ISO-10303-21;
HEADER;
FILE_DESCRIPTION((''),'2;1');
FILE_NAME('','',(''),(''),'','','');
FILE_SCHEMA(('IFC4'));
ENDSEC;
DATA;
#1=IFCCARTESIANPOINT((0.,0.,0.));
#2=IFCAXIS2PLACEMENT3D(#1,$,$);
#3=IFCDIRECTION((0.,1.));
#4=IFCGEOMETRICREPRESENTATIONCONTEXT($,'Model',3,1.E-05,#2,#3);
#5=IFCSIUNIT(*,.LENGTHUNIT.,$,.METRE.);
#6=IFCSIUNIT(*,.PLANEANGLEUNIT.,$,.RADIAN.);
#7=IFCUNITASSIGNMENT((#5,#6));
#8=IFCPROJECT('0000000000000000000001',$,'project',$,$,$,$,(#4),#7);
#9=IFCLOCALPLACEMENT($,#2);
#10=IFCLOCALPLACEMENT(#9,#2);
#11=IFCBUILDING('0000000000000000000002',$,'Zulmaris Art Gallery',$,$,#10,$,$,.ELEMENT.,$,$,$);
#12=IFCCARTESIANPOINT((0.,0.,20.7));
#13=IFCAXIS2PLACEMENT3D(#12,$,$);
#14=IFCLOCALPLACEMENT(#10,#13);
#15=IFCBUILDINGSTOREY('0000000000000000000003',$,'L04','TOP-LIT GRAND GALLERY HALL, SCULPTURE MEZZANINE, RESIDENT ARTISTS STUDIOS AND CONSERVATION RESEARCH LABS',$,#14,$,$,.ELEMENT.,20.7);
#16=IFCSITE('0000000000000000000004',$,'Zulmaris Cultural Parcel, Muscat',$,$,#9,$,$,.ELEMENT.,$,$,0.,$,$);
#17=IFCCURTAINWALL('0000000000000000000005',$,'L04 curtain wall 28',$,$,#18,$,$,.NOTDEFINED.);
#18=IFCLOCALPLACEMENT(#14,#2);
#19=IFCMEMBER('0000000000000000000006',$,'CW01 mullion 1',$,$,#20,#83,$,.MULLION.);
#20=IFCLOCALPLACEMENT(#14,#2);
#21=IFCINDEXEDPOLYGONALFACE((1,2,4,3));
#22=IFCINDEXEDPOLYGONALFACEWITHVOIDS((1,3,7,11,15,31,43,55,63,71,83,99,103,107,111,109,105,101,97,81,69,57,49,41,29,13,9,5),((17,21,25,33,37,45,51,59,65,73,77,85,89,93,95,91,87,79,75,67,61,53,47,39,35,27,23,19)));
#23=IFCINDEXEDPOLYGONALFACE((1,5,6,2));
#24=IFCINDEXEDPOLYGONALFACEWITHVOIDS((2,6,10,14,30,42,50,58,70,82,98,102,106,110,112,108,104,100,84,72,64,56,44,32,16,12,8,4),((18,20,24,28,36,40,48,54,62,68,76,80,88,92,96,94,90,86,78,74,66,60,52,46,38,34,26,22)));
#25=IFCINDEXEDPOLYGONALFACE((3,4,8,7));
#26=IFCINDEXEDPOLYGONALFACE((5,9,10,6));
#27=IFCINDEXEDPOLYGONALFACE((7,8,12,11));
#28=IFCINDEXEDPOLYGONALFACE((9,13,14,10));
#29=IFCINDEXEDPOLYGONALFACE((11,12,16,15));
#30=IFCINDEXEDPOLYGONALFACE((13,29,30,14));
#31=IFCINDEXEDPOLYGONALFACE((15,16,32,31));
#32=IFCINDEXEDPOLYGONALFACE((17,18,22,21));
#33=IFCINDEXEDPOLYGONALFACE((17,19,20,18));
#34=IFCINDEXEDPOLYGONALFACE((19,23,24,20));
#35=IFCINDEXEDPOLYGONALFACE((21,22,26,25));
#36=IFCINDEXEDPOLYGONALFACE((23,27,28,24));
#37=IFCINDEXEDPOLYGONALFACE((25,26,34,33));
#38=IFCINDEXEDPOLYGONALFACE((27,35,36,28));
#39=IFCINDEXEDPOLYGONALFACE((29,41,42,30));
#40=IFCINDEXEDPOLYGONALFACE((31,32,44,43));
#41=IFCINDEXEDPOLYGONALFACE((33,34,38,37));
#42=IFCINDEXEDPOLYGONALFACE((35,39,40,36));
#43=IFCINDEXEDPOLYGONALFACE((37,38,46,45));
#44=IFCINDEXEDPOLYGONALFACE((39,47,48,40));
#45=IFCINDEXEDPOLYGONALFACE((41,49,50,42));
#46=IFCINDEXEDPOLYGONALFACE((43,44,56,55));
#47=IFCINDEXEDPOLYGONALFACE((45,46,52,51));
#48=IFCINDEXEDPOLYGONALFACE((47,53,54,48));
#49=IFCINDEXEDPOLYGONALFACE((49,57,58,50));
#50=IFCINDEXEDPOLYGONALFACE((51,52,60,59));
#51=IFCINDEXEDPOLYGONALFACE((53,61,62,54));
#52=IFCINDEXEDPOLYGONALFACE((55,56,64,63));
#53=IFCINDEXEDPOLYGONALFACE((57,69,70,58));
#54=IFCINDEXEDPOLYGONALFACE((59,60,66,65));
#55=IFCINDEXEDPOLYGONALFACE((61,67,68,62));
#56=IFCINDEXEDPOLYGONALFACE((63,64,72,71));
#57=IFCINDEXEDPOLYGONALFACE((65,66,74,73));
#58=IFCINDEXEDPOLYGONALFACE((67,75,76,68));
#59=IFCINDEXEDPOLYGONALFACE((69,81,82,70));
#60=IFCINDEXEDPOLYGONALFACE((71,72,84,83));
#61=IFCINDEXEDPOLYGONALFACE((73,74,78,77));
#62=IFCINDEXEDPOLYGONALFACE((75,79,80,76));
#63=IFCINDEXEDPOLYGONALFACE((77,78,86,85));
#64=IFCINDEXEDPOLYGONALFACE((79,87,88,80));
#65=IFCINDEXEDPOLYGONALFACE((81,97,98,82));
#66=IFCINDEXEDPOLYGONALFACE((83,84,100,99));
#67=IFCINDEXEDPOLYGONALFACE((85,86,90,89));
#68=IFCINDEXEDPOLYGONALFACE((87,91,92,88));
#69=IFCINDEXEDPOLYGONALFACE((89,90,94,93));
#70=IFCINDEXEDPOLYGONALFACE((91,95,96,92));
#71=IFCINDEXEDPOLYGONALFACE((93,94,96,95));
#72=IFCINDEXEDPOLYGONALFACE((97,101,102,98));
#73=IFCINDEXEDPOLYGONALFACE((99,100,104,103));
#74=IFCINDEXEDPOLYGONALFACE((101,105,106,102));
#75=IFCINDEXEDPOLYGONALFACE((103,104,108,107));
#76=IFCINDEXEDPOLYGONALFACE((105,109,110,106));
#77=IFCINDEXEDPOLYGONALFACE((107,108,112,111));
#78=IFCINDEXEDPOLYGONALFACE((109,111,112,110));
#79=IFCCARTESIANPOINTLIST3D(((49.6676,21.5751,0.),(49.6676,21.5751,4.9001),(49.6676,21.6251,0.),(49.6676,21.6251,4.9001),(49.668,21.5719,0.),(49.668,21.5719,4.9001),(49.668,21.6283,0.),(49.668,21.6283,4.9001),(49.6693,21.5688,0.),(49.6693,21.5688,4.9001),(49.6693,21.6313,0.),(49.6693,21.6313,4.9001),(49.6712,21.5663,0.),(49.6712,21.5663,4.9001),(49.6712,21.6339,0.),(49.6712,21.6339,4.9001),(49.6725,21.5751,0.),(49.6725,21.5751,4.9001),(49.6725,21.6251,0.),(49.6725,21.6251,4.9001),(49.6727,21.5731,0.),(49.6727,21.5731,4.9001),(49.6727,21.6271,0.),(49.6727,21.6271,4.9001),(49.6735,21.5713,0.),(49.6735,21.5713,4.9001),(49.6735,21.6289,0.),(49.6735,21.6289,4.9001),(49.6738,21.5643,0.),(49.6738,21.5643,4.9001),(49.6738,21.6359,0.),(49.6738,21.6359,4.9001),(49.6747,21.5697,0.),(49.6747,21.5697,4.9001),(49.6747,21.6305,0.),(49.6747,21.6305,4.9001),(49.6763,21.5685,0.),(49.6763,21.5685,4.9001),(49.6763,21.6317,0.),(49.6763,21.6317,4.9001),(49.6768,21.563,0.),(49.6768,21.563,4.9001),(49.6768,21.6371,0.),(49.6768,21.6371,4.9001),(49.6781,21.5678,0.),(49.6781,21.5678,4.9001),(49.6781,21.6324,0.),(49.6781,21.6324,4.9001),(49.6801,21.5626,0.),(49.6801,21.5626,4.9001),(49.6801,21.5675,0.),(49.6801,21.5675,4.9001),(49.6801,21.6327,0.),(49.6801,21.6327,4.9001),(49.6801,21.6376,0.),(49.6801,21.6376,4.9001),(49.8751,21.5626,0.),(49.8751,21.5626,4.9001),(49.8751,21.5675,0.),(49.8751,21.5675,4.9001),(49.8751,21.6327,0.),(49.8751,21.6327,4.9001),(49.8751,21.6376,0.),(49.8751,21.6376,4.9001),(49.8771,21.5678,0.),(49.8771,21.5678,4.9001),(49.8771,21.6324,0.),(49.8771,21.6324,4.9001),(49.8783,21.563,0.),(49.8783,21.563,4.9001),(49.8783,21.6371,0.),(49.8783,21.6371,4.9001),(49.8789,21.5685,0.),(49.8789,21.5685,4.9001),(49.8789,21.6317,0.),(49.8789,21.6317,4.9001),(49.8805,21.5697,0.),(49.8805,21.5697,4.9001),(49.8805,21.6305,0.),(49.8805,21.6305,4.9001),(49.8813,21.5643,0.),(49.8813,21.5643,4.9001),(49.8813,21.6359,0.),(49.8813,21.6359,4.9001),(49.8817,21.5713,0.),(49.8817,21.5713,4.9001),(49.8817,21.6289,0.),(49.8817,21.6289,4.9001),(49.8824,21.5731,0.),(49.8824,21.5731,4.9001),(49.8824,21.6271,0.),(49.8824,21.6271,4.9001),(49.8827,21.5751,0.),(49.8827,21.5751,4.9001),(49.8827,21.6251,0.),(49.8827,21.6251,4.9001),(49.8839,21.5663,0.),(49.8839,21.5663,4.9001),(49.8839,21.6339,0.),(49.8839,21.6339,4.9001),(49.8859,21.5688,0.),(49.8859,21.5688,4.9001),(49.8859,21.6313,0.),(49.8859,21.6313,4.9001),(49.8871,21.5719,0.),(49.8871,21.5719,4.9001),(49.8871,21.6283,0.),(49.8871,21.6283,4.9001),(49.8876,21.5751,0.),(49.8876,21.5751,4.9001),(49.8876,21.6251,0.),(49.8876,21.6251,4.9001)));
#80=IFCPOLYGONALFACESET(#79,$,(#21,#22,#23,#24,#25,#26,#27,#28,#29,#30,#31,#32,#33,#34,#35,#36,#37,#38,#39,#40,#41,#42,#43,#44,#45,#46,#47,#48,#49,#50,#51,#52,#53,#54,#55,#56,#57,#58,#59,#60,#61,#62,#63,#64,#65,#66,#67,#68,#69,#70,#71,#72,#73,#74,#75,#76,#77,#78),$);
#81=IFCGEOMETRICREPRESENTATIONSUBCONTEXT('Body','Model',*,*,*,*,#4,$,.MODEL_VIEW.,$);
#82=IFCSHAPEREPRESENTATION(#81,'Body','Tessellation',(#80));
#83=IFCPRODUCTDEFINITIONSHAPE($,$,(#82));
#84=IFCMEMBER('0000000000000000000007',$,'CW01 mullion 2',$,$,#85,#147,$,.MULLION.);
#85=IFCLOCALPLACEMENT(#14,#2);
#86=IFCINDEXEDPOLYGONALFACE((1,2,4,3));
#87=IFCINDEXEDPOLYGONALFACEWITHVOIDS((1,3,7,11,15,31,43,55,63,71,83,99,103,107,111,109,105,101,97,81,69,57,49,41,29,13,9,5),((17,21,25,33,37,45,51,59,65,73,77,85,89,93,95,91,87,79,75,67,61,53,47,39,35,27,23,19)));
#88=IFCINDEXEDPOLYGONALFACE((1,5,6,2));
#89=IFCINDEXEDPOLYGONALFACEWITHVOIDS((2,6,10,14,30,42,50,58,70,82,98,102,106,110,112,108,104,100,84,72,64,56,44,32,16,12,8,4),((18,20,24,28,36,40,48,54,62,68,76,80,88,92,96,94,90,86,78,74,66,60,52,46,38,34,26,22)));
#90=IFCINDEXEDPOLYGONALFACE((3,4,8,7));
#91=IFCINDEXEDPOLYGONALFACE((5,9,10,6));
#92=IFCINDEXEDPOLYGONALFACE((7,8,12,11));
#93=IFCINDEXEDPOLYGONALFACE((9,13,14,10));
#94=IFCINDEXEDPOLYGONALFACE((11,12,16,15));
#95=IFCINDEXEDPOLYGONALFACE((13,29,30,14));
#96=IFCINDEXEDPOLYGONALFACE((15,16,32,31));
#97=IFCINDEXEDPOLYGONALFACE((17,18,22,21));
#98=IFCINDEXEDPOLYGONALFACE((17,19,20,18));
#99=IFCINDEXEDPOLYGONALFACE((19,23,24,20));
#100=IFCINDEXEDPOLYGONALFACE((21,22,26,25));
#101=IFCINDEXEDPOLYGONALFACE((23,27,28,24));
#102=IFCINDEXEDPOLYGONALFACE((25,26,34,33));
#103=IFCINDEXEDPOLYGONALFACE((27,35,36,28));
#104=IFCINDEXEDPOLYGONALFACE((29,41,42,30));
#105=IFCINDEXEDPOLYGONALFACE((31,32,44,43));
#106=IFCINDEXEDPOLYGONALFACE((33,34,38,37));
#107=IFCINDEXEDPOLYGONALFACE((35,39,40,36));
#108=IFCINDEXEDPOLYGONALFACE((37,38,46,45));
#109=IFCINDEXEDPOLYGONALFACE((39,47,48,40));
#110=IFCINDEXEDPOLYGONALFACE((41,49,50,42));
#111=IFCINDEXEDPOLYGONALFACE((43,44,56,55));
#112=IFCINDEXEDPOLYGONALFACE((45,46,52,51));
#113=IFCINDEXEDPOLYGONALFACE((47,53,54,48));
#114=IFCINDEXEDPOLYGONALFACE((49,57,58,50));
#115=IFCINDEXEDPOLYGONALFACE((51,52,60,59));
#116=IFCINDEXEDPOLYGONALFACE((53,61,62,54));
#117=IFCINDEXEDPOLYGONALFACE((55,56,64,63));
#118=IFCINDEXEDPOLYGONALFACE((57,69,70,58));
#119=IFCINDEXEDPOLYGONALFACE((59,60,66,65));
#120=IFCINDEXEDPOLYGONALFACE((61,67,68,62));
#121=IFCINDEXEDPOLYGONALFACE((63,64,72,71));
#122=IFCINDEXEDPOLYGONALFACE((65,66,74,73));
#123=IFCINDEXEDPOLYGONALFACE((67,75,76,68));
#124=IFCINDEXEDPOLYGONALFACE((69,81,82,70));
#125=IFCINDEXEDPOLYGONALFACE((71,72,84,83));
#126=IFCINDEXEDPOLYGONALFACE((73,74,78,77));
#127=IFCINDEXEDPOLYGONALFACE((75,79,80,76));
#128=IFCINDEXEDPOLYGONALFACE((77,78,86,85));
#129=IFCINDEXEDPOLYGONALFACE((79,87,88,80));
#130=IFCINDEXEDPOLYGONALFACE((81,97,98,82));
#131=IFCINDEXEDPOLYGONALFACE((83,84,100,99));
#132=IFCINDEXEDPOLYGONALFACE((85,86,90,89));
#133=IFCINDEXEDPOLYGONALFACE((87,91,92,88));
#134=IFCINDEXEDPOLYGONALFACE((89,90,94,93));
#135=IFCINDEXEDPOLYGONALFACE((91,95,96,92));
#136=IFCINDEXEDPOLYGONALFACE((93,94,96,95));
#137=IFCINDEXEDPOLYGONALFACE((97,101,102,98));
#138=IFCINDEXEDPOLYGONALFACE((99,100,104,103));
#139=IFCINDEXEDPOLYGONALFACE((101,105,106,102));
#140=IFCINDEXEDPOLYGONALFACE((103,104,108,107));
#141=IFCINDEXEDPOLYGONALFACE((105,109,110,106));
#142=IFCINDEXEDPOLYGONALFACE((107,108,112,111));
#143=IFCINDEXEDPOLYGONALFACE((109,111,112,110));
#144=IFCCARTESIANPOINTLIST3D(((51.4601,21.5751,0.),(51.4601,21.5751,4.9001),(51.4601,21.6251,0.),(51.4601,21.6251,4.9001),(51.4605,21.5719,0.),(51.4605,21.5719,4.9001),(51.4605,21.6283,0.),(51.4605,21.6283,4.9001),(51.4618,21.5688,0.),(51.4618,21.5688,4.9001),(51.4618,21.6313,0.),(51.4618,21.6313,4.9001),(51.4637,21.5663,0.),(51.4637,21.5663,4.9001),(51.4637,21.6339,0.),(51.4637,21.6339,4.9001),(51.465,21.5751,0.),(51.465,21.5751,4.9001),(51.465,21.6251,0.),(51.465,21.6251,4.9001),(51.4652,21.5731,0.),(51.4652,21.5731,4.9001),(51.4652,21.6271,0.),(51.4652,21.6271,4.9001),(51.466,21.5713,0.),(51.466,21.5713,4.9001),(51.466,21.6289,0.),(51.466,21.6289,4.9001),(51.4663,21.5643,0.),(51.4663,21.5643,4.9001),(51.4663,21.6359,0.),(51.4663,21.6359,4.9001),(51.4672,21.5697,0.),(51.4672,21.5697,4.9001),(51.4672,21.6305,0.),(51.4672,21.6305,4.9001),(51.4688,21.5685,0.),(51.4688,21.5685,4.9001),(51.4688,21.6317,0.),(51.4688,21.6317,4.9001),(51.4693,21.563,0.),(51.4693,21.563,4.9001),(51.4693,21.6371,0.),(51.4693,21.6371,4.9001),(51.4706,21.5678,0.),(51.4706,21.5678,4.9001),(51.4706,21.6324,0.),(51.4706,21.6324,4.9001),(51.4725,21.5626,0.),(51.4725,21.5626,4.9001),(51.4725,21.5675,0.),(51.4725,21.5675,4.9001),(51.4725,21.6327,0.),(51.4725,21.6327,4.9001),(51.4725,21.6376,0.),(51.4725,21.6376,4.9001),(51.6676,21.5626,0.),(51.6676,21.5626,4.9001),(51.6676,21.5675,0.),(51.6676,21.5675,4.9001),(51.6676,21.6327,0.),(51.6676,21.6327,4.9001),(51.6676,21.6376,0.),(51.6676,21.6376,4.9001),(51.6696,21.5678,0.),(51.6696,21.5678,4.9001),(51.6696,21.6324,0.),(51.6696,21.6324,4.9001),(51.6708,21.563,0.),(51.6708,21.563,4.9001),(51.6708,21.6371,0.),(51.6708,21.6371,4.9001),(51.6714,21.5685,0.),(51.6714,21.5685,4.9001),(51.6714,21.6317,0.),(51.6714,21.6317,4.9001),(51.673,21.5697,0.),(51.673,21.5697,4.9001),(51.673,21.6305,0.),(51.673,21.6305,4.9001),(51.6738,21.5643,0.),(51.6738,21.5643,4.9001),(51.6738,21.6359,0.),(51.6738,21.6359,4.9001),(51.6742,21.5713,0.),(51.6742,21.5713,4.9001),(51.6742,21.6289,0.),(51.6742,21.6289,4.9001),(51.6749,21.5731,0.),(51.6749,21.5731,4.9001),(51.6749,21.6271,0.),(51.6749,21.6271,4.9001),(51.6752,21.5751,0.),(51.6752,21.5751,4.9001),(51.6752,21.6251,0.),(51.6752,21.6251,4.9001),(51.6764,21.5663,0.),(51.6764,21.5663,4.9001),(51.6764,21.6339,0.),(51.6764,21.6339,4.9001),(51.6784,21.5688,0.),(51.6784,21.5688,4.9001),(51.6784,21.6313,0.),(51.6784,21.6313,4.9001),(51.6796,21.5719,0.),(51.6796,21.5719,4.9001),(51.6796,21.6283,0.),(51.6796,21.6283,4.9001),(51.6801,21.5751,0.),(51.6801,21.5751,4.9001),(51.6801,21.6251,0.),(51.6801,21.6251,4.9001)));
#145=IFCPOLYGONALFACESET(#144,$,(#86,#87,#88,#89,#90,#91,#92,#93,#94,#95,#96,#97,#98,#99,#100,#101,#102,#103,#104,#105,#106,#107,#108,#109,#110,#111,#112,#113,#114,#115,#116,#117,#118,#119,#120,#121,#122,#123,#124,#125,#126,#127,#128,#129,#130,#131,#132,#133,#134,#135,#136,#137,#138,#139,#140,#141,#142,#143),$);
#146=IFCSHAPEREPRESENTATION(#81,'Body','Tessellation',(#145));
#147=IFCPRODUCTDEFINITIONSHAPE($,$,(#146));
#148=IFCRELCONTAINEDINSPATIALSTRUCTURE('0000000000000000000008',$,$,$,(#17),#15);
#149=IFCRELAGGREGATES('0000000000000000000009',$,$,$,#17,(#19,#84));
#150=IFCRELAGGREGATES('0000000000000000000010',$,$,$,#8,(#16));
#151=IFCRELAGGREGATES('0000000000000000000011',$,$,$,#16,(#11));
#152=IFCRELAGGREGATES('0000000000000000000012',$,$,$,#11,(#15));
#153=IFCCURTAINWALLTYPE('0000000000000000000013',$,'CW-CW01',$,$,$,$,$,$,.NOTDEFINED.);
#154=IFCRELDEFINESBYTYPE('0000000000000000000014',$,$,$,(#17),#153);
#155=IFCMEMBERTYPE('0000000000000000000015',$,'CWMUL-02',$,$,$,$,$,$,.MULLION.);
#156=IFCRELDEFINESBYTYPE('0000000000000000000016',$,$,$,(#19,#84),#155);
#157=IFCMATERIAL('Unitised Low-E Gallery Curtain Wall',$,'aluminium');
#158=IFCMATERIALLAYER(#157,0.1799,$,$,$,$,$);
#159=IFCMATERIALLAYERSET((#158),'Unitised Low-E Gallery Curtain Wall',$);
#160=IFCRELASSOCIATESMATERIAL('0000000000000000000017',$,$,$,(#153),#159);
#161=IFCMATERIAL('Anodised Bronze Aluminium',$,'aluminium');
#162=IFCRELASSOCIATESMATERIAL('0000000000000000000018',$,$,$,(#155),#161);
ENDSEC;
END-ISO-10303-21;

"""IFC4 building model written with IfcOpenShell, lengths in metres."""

from ifc_helpers import new_model, si_unit, direction, frame, origin, origin_2d, place, context, subcontext, project, spatial, hollow_rectangle, extrude, material, layer, layer_set, material_profile, profile_set, type_object, element, aggregate, save


model = new_model("IFC4")

# Units and contexts
model_context = context("Model", 3, precision=1e-05, world=origin(), true_north=direction((0.0, 1.0)))
body_context = subcontext(model_context, "Body", "Model", "MODEL_VIEW")
ifc_project = project(units=[si_unit("LENGTHUNIT", "METRE"), si_unit("PLANEANGLEUNIT", "RADIAN")], contexts=[model_context])

# Site, building, storey
site_placement = place(None, origin())
site = spatial("IfcSite", under=ifc_project, at=site_placement, Name="Zulmaris Cultural Parcel, Muscat", CompositionType="ELEMENT", RefElevation=0.0)
building_placement = place(site_placement, origin())
building = spatial("IfcBuilding", under=site, at=building_placement, Name="Zulmaris Art Gallery", CompositionType="ELEMENT")
storey_placement = place(building_placement, frame((0.0, 0.0, 20.7)))
storey = spatial("IfcBuildingStorey", under=building, at=storey_placement, Name="L04", Description="TOP-LIT GRAND GALLERY HALL, SCULPTURE MEZZANINE, RESIDENT ARTISTS STUDIOS AND CONSERVATION RESEARCH LABS", CompositionType="ELEMENT", Elevation=20.7)

# Shared definitions
ifc_material_1 = material(Name="Unitised Low-E Gallery Curtain Wall", Category="aluminium")
ifc_layer_1 = layer(ifc_material_1, 0.1799)
ifc_layer_set_1 = layer_set([ifc_layer_1], Name="Unitised Low-E Gallery Curtain Wall")
curtain_wall_type_1 = type_object("IfcCurtainWallType", Name="CW-CW01", PredefinedType="NOTDEFINED", material=ifc_layer_set_1)
ifc_material_2 = material(Name="Anodised Bronze Aluminium", Category="aluminium")
ifc_material_profile_1 = material_profile(ifc_material_2, hollow_rectangle(XDim=0.075, YDim=0.22, WallThickness=0.0049, InnerFilletRadius=0.0076, OuterFilletRadius=0.0125, at=origin_2d()), Name="ALU 75x220x5")
ifc_profile_set_1 = profile_set([ifc_material_profile_1], Name="Anodised Bronze Aluminium")
member_type_1 = type_object("IfcMemberType", Name="CWMUL-02", PredefinedType="MULLION", material=ifc_profile_set_1)

# Curtain wall, members
curtain_wall_1_placement = place(storey_placement, origin())
curtain_wall_1 = element("IfcCurtainWall", 1, at=curtain_wall_1_placement, inside=storey, type_object=curtain_wall_type_1, Name="L04 curtain wall 28", PredefinedType="NOTDEFINED")
member_1_placement = place(storey_placement, frame((49.7776, 21.6001, 0.0), z_axis=(0.0, 0.0, 1.0), x_axis=(0.0, 1.0, 0.0)))
member_1 = element("IfcMember", 2, at=member_1_placement, type_object=member_type_1, Name="CW01 mullion 1", PredefinedType="MULLION", context=body_context, shape_type="SweptSolid", body=[
    extrude(hollow_rectangle(XDim=0.075, YDim=0.22, WallThickness=0.0049, InnerFilletRadius=0.0076, OuterFilletRadius=0.0125, at=origin_2d()), origin(), (0.0, 0.0, 1.0), 4.9001),
])
member_2_placement = place(storey_placement, frame((51.5701, 21.6001, 0.0), z_axis=(0.0, 0.0, 1.0), x_axis=(0.0, 1.0, 0.0)))
member_2 = element("IfcMember", 3, at=member_2_placement, type_object=member_type_1, Name="CW01 mullion 2", PredefinedType="MULLION", context=body_context, shape_type="SweptSolid", body=[
    extrude(hollow_rectangle(XDim=0.075, YDim=0.22, WallThickness=0.0049, InnerFilletRadius=0.0076, OuterFilletRadius=0.0125, at=origin_2d()), origin(), (0.0, 0.0, 1.0), 4.9001),
])

aggregate(curtain_wall_1, [member_1, member_2])

save(model, "model.ifc")
